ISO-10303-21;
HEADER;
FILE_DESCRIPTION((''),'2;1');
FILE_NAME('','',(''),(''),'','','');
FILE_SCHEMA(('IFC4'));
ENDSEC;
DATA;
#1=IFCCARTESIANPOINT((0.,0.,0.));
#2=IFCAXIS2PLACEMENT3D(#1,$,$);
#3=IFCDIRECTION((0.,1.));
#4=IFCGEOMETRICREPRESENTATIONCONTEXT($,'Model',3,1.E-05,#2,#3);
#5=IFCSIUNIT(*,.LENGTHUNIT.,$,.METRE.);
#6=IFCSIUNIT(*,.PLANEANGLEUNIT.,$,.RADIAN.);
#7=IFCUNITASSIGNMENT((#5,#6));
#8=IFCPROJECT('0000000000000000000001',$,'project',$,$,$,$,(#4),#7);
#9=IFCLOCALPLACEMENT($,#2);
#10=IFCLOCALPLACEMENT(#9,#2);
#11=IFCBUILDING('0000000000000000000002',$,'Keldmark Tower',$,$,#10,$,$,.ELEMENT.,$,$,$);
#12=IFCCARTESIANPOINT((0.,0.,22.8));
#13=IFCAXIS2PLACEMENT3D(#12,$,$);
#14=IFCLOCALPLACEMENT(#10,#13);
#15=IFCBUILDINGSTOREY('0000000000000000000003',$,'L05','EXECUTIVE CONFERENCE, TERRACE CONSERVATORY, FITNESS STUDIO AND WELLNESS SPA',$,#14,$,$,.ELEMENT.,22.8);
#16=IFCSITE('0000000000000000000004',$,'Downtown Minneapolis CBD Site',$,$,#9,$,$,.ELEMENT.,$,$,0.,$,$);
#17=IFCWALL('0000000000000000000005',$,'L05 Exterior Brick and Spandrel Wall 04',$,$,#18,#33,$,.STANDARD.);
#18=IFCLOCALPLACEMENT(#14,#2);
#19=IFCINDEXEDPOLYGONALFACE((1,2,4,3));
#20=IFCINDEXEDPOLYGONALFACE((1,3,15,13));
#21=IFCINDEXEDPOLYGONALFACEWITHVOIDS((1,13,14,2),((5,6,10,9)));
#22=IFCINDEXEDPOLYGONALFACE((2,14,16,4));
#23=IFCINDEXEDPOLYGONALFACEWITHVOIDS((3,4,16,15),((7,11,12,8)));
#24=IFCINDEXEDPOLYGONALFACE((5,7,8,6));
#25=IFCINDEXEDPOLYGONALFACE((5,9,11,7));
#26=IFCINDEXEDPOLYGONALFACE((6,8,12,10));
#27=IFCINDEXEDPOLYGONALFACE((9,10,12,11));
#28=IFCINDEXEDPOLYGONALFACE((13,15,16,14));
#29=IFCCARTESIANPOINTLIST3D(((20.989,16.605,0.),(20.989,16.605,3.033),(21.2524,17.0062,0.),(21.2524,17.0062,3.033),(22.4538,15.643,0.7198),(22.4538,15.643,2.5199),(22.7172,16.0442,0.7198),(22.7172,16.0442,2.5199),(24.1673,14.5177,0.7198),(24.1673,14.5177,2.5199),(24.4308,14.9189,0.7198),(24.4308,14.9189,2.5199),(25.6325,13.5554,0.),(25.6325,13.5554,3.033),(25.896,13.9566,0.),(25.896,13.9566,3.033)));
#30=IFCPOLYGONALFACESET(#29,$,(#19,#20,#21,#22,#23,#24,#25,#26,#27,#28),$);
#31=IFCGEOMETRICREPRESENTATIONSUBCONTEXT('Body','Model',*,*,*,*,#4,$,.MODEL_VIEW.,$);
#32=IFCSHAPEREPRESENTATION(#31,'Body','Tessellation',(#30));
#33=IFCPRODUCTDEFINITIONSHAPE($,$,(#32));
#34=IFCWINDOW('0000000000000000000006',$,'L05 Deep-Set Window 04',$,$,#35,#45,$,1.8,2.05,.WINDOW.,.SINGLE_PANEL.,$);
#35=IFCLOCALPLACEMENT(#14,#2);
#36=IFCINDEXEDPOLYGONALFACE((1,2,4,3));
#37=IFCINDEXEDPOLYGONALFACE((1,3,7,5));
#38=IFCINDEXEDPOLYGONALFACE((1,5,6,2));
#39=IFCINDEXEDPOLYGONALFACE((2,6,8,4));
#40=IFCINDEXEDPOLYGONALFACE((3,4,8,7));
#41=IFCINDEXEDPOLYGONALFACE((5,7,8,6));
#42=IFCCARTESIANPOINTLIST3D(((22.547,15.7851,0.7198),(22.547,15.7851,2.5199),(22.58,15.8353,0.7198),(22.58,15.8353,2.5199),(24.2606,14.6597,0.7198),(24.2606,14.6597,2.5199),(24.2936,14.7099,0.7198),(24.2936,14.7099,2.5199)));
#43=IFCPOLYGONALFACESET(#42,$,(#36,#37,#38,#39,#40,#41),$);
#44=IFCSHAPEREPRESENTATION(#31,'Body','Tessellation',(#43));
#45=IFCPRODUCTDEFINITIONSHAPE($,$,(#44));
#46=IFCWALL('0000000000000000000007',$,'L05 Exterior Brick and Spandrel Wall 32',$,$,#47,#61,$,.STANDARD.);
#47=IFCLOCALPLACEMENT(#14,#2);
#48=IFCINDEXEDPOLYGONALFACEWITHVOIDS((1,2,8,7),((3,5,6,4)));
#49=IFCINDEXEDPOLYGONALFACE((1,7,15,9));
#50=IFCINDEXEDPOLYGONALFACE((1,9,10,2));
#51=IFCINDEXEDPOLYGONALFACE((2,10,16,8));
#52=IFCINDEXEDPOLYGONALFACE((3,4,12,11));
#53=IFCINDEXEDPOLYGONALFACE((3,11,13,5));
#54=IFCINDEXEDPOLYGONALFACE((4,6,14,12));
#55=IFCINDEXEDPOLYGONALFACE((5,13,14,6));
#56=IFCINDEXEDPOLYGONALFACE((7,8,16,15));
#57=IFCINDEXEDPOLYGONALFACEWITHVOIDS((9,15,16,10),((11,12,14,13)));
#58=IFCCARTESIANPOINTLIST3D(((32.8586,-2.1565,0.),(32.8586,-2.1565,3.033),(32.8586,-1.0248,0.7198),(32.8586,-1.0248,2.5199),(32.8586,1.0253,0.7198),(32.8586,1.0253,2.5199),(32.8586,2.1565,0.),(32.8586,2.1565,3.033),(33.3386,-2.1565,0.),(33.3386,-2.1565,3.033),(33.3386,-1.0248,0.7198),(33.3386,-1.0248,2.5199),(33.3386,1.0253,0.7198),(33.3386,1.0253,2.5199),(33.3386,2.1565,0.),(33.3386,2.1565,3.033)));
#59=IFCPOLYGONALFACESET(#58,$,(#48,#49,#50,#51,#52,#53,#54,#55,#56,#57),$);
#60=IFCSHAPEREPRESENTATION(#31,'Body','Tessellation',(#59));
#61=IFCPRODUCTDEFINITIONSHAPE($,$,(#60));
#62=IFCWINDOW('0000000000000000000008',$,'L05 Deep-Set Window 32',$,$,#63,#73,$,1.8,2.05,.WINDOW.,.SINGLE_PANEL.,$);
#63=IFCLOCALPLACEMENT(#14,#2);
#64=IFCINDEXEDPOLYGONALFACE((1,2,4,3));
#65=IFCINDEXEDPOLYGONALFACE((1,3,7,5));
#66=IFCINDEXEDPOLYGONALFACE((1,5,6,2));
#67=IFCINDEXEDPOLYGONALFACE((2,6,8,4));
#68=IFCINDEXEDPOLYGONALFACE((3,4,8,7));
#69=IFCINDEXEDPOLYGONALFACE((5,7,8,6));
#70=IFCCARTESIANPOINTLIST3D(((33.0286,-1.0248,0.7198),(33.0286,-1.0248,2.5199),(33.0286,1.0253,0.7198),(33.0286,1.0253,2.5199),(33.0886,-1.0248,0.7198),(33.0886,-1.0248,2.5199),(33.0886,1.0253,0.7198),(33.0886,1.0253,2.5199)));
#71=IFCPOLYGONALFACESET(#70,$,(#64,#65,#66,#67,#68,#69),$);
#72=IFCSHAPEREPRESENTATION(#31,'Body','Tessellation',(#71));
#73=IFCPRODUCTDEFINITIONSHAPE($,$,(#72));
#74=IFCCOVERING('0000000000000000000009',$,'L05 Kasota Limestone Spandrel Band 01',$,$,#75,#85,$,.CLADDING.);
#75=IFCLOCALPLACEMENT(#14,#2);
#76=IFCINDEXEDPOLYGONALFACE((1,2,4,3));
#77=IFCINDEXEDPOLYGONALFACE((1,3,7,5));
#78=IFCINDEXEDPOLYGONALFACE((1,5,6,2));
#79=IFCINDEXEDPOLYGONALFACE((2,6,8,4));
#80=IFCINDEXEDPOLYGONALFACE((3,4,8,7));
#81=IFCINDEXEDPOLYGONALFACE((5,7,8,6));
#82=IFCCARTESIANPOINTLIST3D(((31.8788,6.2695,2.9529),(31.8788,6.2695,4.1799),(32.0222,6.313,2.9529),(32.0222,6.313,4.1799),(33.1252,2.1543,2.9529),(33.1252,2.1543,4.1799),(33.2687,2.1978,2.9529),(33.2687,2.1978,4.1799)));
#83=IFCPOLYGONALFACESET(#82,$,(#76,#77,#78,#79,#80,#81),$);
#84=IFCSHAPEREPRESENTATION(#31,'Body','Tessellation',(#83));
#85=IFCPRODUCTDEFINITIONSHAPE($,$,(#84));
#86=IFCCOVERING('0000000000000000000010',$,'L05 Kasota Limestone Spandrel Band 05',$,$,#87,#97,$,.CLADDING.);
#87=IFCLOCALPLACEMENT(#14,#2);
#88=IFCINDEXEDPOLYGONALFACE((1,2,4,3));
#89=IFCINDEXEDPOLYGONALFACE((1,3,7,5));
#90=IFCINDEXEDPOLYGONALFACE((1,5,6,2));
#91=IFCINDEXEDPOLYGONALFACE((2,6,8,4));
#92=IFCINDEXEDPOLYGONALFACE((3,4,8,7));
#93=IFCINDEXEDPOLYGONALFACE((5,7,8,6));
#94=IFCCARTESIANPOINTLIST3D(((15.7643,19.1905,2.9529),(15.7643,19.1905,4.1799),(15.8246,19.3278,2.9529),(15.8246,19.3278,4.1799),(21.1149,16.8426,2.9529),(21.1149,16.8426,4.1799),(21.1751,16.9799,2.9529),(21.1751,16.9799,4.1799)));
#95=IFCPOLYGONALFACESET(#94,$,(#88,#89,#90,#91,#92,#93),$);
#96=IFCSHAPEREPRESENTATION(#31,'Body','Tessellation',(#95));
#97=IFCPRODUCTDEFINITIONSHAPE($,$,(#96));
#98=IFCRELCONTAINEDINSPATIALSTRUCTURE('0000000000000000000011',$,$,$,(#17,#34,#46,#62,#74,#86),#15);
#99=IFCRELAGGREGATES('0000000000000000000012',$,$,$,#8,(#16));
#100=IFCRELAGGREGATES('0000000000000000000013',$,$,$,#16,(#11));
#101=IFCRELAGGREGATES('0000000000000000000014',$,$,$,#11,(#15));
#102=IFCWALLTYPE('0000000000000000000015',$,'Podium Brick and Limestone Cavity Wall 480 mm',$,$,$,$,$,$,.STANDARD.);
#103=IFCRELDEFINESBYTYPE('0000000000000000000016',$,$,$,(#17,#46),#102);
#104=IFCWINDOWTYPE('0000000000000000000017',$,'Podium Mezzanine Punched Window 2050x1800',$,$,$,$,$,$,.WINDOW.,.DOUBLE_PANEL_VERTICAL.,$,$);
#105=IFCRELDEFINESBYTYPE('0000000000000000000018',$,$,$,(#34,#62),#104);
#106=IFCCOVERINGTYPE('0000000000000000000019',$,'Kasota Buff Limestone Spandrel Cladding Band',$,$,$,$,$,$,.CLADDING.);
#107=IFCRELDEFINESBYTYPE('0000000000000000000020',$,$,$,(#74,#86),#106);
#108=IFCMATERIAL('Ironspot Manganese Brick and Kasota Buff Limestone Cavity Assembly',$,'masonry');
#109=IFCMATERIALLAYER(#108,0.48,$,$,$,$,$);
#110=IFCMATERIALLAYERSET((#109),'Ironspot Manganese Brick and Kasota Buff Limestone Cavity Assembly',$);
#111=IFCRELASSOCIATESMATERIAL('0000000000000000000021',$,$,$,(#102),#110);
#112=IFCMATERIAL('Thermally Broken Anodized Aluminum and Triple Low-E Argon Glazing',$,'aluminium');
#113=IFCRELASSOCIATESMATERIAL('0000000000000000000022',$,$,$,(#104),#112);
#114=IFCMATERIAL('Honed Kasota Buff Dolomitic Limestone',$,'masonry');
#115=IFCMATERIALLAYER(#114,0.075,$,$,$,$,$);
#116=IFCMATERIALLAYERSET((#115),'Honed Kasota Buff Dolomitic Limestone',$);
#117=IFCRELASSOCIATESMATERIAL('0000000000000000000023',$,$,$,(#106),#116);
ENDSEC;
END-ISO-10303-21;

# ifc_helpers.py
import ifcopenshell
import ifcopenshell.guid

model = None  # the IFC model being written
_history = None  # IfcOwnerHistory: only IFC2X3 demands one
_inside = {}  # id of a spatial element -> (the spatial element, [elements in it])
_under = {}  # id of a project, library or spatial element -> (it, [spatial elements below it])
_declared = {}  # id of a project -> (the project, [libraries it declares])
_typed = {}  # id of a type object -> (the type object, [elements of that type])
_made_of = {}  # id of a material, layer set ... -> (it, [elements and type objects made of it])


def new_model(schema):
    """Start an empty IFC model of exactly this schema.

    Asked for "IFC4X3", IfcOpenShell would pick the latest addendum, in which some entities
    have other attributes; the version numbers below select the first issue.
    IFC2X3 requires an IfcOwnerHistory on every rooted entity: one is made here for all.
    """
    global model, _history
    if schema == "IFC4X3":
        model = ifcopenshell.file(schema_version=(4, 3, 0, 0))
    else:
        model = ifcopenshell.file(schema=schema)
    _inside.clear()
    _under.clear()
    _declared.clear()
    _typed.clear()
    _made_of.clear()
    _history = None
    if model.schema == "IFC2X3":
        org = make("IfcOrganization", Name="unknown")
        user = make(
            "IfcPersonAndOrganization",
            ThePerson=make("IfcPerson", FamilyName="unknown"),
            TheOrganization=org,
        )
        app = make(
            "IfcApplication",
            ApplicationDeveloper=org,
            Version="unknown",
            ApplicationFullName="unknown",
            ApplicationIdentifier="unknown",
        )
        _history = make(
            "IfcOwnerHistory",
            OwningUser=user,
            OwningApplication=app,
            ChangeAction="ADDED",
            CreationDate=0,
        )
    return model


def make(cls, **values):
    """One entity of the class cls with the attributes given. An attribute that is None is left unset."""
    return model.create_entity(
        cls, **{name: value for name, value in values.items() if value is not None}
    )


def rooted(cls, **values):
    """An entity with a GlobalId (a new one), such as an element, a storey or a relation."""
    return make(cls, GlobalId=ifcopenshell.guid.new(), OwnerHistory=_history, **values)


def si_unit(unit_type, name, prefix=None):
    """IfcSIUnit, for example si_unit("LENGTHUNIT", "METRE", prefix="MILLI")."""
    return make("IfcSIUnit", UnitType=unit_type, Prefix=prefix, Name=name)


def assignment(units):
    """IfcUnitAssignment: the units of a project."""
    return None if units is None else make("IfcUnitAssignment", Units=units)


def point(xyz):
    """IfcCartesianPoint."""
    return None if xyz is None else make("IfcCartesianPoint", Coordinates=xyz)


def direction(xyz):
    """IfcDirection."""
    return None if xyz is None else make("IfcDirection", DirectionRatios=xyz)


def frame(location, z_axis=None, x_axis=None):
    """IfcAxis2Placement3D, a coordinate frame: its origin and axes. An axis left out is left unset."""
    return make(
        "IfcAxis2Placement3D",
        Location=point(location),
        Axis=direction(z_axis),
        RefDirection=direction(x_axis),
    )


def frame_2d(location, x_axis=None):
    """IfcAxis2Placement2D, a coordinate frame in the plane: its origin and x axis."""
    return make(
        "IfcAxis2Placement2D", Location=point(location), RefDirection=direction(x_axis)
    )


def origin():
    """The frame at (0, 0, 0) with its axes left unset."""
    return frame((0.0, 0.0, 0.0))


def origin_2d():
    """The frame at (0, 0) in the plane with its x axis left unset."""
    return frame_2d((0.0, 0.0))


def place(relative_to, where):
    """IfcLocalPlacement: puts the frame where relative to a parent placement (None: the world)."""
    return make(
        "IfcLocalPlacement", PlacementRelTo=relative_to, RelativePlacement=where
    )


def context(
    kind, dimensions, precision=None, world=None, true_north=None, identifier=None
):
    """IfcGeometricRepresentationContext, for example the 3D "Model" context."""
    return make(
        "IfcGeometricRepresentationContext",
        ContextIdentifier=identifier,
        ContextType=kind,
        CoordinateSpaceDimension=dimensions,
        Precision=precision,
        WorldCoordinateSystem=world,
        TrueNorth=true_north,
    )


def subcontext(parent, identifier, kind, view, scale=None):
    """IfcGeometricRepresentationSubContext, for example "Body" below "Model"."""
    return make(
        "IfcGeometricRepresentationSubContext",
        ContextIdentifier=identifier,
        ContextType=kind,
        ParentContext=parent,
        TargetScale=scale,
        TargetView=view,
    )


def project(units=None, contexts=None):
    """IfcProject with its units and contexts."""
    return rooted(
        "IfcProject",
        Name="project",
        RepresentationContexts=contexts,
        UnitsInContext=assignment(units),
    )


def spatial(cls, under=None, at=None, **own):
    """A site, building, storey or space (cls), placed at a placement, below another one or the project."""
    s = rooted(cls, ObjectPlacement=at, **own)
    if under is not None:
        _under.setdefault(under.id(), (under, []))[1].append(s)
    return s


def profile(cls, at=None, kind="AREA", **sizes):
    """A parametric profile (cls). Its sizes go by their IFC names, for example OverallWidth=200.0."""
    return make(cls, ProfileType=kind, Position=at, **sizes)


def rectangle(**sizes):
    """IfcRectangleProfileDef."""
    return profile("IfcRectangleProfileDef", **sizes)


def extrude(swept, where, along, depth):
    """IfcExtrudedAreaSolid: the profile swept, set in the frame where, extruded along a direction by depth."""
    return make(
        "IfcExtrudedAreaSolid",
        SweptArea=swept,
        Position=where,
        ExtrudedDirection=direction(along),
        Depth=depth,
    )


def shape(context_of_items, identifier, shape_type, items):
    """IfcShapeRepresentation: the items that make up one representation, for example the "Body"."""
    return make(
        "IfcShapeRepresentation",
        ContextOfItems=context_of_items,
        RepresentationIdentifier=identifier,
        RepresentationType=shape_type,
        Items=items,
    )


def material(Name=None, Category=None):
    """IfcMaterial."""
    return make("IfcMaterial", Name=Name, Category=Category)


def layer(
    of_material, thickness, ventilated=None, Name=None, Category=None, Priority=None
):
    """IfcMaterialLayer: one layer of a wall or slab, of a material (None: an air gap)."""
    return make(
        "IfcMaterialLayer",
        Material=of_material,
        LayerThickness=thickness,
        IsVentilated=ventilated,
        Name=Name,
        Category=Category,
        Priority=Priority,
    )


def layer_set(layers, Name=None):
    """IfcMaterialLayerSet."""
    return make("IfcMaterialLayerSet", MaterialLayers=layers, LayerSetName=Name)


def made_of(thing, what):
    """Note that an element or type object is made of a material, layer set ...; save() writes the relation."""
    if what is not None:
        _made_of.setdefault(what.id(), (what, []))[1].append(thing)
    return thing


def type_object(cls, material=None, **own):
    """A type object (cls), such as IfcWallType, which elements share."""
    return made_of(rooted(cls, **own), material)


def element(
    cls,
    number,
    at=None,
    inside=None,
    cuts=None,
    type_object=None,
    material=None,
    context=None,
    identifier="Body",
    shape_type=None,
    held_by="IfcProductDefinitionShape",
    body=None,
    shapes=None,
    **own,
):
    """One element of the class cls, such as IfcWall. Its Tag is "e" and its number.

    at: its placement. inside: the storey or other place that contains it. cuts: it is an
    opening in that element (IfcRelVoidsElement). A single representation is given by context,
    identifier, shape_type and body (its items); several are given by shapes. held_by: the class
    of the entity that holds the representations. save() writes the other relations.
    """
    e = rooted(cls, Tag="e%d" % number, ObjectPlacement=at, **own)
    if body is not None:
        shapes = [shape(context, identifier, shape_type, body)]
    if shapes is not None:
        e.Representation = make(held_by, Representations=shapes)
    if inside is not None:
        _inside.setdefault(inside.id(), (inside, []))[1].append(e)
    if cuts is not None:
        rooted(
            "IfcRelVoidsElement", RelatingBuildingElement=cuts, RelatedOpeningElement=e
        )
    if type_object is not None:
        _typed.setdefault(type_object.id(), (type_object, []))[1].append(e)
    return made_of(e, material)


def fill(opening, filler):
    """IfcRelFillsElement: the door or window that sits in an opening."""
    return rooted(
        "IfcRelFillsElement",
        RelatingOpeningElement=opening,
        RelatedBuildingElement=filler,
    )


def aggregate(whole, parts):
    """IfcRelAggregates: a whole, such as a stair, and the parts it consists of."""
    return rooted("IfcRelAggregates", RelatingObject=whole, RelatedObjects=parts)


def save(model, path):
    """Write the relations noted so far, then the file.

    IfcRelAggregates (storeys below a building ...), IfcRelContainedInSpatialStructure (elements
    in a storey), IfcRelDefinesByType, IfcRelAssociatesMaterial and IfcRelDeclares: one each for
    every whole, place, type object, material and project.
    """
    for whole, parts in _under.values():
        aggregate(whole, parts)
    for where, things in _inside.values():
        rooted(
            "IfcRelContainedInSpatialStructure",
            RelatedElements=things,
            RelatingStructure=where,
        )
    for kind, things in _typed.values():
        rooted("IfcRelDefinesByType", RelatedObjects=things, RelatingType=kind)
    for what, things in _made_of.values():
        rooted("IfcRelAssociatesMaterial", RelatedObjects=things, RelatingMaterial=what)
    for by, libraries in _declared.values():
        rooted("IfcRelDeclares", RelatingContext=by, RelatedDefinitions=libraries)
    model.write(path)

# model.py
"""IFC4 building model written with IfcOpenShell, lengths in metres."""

from ifc_helpers import new_model, si_unit, direction, frame, frame_2d, origin, origin_2d, place, context, subcontext, project, spatial, rectangle, extrude, material, layer, layer_set, type_object, element, fill, save


model = new_model("IFC4")

# Units and contexts
model_context = context("Model", 3, precision=1e-05, world=origin(), true_north=direction((0.0, 1.0)))
body_context = subcontext(model_context, "Body", "Model", "MODEL_VIEW")
ifc_project = project(units=[si_unit("LENGTHUNIT", "METRE"), si_unit("PLANEANGLEUNIT", "RADIAN")], contexts=[model_context])

# Site, building, storey
site_placement = place(None, origin())
site = spatial("IfcSite", under=ifc_project, at=site_placement, Name="Downtown Minneapolis CBD Site", CompositionType="ELEMENT", RefElevation=0.0)
building_placement = place(site_placement, origin())
building = spatial("IfcBuilding", under=site, at=building_placement, Name="Keldmark Tower", CompositionType="ELEMENT")
storey_placement = place(building_placement, frame((0.0, 0.0, 22.8)))
storey = spatial("IfcBuildingStorey", under=building, at=storey_placement, Name="L05", Description="EXECUTIVE CONFERENCE, TERRACE CONSERVATORY, FITNESS STUDIO AND WELLNESS SPA", CompositionType="ELEMENT", Elevation=22.8)

# Walls, openings, windows
ifc_material_1 = material(Name="Ironspot Manganese Brick and Kasota Buff Limestone Cavity Assembly", Category="masonry")
ifc_layer_1 = layer(ifc_material_1, 0.48)
ifc_layer_set_1 = layer_set([ifc_layer_1], Name="Ironspot Manganese Brick and Kasota Buff Limestone Cavity Assembly")
wall_type = type_object("IfcWallType", Name="Podium Brick and Limestone Cavity Wall 480 mm", PredefinedType="STANDARD", material=ifc_layer_set_1)
ifc_material_2 = material(Name="Thermally Broken Anodized Aluminum and Triple Low-E Argon Glazing", Category="aluminium")
window_type = type_object("IfcWindowType", Name="Podium Mezzanine Punched Window 2050x1800", PartitioningType="DOUBLE_PANEL_VERTICAL", PredefinedType="WINDOW", material=ifc_material_2)
wall_1_placement = place(storey_placement, frame((21.1206, 16.8057, 0.0), z_axis=(0.0, 0.0, 1.0), x_axis=(0.835864, -0.548937, 0.0)))
wall_1 = element("IfcWall", 1, at=wall_1_placement, inside=storey, type_object=wall_type, Name="L05 Exterior Brick and Spandrel Wall 04", PredefinedType="STANDARD", context=body_context, shape_type="SweptSolid", body=[
    extrude(rectangle(XDim=5.5554, YDim=0.48, at=frame_2d((2.7778, 0.0))), origin(), (0.0, 0.0, 1.0), 3.033),
])
opening_1_placement = place(wall_1_placement, frame((1.7527, 0.0, 0.72)))
opening_1 = element("IfcOpeningElement", 2, at=opening_1_placement, cuts=wall_1, PredefinedType="OPENING", context=body_context, shape_type="SweptSolid", body=[
    extrude(rectangle(XDim=2.05, YDim=1.8, at=frame_2d((1.0249, 0.8999))), frame((0.0, 0.25, 0.0), z_axis=(0.0, -1.0, 0.0), x_axis=(1.0, 0.0, 0.0)), (0.0, 0.0, 1.0), 0.5),
])
window_1_placement = place(opening_1_placement, origin())
window_1 = element("IfcWindow", 3, at=window_1_placement, inside=storey, type_object=window_type, Name="L05 Deep-Set Window 04", OverallHeight=1.8, OverallWidth=2.05, PartitioningType="SINGLE_PANEL", PredefinedType="WINDOW", context=body_context, shape_type="SweptSolid", body=[
    extrude(rectangle(XDim=2.05, YDim=1.8, at=frame_2d((1.0249, 0.8999))), frame((0.0, -0.01, 0.0), z_axis=(0.0, -1.0, 0.0), x_axis=(1.0, 0.0, 0.0)), (0.0, 0.0, 1.0), 0.0601),
])
fill(opening_1, window_1)
wall_2_placement = place(storey_placement, frame((33.0986, 2.1565, 0.0), z_axis=(0.0, 0.0, 1.0), x_axis=(0.0, -1.0, 0.0)))
wall_2 = element("IfcWall", 4, at=wall_2_placement, inside=storey, type_object=wall_type, Name="L05 Exterior Brick and Spandrel Wall 32", PredefinedType="STANDARD", context=body_context, shape_type="SweptSolid", body=[
    extrude(rectangle(XDim=4.313, YDim=0.48, at=frame_2d((2.1565, 0.0))), origin(), (0.0, 0.0, 1.0), 3.033),
])
opening_2_placement = place(wall_2_placement, frame((1.1313, 0.0, 0.72)))
opening_2 = element("IfcOpeningElement", 5, at=opening_2_placement, cuts=wall_2, PredefinedType="OPENING", context=body_context, shape_type="SweptSolid", body=[
    extrude(rectangle(XDim=2.05, YDim=1.8, at=frame_2d((1.0249, 0.8999))), frame((0.0, 0.25, 0.0), z_axis=(0.0, -1.0, 0.0), x_axis=(1.0, 0.0, 0.0)), (0.0, 0.0, 1.0), 0.5),
])
window_2_placement = place(opening_2_placement, origin())
window_2 = element("IfcWindow", 6, at=window_2_placement, inside=storey, type_object=window_type, Name="L05 Deep-Set Window 32", OverallHeight=1.8, OverallWidth=2.05, PartitioningType="SINGLE_PANEL", PredefinedType="WINDOW", context=body_context, shape_type="SweptSolid", body=[
    extrude(rectangle(XDim=2.05, YDim=1.8, at=frame_2d((1.0249, 0.8999))), frame((0.0, -0.01, 0.0), z_axis=(0.0, -1.0, 0.0), x_axis=(1.0, 0.0, 0.0)), (0.0, 0.0, 1.0), 0.0601),
])
fill(opening_2, window_2)

# Coverings
ifc_material_3 = material(Name="Honed Kasota Buff Dolomitic Limestone", Category="masonry")
ifc_layer_2 = layer(ifc_material_3, 0.075)
ifc_layer_set_2 = layer_set([ifc_layer_2], Name="Honed Kasota Buff Dolomitic Limestone")
covering_type = type_object("IfcCoveringType", Name="Kasota Buff Limestone Spandrel Cladding Band", PredefinedType="CLADDING", material=ifc_layer_set_2)
covering_1_placement = place(storey_placement, frame((32.5737, 4.2336, 2.9529), z_axis=(0.0, 0.0, 1.0), x_axis=(-0.289884, 0.957062, 0.0)))
element("IfcCovering", 7, at=covering_1_placement, inside=storey, type_object=covering_type, Name="L05 Kasota Limestone Spandrel Band 01", PredefinedType="CLADDING", context=body_context, shape_type="SweptSolid", body=[
    extrude(rectangle(XDim=4.2998, YDim=0.1499, at=origin_2d()), origin(), (0.0, 0.0, 1.0), 1.2271),
])
covering_2_placement = place(storey_placement, frame((18.4697, 18.0852, 2.9529), z_axis=(0.0, 0.0, 1.0), x_axis=(-0.915712, 0.401836, 0.0)))
element("IfcCovering", 8, at=covering_2_placement, inside=storey, type_object=covering_type, Name="L05 Kasota Limestone Spandrel Band 05", PredefinedType="CLADDING", context=body_context, shape_type="SweptSolid", body=[
    extrude(rectangle(XDim=5.843, YDim=0.1499, at=origin_2d()), origin(), (0.0, 0.0, 1.0), 1.2271),
])

save(model, "model.ifc")
